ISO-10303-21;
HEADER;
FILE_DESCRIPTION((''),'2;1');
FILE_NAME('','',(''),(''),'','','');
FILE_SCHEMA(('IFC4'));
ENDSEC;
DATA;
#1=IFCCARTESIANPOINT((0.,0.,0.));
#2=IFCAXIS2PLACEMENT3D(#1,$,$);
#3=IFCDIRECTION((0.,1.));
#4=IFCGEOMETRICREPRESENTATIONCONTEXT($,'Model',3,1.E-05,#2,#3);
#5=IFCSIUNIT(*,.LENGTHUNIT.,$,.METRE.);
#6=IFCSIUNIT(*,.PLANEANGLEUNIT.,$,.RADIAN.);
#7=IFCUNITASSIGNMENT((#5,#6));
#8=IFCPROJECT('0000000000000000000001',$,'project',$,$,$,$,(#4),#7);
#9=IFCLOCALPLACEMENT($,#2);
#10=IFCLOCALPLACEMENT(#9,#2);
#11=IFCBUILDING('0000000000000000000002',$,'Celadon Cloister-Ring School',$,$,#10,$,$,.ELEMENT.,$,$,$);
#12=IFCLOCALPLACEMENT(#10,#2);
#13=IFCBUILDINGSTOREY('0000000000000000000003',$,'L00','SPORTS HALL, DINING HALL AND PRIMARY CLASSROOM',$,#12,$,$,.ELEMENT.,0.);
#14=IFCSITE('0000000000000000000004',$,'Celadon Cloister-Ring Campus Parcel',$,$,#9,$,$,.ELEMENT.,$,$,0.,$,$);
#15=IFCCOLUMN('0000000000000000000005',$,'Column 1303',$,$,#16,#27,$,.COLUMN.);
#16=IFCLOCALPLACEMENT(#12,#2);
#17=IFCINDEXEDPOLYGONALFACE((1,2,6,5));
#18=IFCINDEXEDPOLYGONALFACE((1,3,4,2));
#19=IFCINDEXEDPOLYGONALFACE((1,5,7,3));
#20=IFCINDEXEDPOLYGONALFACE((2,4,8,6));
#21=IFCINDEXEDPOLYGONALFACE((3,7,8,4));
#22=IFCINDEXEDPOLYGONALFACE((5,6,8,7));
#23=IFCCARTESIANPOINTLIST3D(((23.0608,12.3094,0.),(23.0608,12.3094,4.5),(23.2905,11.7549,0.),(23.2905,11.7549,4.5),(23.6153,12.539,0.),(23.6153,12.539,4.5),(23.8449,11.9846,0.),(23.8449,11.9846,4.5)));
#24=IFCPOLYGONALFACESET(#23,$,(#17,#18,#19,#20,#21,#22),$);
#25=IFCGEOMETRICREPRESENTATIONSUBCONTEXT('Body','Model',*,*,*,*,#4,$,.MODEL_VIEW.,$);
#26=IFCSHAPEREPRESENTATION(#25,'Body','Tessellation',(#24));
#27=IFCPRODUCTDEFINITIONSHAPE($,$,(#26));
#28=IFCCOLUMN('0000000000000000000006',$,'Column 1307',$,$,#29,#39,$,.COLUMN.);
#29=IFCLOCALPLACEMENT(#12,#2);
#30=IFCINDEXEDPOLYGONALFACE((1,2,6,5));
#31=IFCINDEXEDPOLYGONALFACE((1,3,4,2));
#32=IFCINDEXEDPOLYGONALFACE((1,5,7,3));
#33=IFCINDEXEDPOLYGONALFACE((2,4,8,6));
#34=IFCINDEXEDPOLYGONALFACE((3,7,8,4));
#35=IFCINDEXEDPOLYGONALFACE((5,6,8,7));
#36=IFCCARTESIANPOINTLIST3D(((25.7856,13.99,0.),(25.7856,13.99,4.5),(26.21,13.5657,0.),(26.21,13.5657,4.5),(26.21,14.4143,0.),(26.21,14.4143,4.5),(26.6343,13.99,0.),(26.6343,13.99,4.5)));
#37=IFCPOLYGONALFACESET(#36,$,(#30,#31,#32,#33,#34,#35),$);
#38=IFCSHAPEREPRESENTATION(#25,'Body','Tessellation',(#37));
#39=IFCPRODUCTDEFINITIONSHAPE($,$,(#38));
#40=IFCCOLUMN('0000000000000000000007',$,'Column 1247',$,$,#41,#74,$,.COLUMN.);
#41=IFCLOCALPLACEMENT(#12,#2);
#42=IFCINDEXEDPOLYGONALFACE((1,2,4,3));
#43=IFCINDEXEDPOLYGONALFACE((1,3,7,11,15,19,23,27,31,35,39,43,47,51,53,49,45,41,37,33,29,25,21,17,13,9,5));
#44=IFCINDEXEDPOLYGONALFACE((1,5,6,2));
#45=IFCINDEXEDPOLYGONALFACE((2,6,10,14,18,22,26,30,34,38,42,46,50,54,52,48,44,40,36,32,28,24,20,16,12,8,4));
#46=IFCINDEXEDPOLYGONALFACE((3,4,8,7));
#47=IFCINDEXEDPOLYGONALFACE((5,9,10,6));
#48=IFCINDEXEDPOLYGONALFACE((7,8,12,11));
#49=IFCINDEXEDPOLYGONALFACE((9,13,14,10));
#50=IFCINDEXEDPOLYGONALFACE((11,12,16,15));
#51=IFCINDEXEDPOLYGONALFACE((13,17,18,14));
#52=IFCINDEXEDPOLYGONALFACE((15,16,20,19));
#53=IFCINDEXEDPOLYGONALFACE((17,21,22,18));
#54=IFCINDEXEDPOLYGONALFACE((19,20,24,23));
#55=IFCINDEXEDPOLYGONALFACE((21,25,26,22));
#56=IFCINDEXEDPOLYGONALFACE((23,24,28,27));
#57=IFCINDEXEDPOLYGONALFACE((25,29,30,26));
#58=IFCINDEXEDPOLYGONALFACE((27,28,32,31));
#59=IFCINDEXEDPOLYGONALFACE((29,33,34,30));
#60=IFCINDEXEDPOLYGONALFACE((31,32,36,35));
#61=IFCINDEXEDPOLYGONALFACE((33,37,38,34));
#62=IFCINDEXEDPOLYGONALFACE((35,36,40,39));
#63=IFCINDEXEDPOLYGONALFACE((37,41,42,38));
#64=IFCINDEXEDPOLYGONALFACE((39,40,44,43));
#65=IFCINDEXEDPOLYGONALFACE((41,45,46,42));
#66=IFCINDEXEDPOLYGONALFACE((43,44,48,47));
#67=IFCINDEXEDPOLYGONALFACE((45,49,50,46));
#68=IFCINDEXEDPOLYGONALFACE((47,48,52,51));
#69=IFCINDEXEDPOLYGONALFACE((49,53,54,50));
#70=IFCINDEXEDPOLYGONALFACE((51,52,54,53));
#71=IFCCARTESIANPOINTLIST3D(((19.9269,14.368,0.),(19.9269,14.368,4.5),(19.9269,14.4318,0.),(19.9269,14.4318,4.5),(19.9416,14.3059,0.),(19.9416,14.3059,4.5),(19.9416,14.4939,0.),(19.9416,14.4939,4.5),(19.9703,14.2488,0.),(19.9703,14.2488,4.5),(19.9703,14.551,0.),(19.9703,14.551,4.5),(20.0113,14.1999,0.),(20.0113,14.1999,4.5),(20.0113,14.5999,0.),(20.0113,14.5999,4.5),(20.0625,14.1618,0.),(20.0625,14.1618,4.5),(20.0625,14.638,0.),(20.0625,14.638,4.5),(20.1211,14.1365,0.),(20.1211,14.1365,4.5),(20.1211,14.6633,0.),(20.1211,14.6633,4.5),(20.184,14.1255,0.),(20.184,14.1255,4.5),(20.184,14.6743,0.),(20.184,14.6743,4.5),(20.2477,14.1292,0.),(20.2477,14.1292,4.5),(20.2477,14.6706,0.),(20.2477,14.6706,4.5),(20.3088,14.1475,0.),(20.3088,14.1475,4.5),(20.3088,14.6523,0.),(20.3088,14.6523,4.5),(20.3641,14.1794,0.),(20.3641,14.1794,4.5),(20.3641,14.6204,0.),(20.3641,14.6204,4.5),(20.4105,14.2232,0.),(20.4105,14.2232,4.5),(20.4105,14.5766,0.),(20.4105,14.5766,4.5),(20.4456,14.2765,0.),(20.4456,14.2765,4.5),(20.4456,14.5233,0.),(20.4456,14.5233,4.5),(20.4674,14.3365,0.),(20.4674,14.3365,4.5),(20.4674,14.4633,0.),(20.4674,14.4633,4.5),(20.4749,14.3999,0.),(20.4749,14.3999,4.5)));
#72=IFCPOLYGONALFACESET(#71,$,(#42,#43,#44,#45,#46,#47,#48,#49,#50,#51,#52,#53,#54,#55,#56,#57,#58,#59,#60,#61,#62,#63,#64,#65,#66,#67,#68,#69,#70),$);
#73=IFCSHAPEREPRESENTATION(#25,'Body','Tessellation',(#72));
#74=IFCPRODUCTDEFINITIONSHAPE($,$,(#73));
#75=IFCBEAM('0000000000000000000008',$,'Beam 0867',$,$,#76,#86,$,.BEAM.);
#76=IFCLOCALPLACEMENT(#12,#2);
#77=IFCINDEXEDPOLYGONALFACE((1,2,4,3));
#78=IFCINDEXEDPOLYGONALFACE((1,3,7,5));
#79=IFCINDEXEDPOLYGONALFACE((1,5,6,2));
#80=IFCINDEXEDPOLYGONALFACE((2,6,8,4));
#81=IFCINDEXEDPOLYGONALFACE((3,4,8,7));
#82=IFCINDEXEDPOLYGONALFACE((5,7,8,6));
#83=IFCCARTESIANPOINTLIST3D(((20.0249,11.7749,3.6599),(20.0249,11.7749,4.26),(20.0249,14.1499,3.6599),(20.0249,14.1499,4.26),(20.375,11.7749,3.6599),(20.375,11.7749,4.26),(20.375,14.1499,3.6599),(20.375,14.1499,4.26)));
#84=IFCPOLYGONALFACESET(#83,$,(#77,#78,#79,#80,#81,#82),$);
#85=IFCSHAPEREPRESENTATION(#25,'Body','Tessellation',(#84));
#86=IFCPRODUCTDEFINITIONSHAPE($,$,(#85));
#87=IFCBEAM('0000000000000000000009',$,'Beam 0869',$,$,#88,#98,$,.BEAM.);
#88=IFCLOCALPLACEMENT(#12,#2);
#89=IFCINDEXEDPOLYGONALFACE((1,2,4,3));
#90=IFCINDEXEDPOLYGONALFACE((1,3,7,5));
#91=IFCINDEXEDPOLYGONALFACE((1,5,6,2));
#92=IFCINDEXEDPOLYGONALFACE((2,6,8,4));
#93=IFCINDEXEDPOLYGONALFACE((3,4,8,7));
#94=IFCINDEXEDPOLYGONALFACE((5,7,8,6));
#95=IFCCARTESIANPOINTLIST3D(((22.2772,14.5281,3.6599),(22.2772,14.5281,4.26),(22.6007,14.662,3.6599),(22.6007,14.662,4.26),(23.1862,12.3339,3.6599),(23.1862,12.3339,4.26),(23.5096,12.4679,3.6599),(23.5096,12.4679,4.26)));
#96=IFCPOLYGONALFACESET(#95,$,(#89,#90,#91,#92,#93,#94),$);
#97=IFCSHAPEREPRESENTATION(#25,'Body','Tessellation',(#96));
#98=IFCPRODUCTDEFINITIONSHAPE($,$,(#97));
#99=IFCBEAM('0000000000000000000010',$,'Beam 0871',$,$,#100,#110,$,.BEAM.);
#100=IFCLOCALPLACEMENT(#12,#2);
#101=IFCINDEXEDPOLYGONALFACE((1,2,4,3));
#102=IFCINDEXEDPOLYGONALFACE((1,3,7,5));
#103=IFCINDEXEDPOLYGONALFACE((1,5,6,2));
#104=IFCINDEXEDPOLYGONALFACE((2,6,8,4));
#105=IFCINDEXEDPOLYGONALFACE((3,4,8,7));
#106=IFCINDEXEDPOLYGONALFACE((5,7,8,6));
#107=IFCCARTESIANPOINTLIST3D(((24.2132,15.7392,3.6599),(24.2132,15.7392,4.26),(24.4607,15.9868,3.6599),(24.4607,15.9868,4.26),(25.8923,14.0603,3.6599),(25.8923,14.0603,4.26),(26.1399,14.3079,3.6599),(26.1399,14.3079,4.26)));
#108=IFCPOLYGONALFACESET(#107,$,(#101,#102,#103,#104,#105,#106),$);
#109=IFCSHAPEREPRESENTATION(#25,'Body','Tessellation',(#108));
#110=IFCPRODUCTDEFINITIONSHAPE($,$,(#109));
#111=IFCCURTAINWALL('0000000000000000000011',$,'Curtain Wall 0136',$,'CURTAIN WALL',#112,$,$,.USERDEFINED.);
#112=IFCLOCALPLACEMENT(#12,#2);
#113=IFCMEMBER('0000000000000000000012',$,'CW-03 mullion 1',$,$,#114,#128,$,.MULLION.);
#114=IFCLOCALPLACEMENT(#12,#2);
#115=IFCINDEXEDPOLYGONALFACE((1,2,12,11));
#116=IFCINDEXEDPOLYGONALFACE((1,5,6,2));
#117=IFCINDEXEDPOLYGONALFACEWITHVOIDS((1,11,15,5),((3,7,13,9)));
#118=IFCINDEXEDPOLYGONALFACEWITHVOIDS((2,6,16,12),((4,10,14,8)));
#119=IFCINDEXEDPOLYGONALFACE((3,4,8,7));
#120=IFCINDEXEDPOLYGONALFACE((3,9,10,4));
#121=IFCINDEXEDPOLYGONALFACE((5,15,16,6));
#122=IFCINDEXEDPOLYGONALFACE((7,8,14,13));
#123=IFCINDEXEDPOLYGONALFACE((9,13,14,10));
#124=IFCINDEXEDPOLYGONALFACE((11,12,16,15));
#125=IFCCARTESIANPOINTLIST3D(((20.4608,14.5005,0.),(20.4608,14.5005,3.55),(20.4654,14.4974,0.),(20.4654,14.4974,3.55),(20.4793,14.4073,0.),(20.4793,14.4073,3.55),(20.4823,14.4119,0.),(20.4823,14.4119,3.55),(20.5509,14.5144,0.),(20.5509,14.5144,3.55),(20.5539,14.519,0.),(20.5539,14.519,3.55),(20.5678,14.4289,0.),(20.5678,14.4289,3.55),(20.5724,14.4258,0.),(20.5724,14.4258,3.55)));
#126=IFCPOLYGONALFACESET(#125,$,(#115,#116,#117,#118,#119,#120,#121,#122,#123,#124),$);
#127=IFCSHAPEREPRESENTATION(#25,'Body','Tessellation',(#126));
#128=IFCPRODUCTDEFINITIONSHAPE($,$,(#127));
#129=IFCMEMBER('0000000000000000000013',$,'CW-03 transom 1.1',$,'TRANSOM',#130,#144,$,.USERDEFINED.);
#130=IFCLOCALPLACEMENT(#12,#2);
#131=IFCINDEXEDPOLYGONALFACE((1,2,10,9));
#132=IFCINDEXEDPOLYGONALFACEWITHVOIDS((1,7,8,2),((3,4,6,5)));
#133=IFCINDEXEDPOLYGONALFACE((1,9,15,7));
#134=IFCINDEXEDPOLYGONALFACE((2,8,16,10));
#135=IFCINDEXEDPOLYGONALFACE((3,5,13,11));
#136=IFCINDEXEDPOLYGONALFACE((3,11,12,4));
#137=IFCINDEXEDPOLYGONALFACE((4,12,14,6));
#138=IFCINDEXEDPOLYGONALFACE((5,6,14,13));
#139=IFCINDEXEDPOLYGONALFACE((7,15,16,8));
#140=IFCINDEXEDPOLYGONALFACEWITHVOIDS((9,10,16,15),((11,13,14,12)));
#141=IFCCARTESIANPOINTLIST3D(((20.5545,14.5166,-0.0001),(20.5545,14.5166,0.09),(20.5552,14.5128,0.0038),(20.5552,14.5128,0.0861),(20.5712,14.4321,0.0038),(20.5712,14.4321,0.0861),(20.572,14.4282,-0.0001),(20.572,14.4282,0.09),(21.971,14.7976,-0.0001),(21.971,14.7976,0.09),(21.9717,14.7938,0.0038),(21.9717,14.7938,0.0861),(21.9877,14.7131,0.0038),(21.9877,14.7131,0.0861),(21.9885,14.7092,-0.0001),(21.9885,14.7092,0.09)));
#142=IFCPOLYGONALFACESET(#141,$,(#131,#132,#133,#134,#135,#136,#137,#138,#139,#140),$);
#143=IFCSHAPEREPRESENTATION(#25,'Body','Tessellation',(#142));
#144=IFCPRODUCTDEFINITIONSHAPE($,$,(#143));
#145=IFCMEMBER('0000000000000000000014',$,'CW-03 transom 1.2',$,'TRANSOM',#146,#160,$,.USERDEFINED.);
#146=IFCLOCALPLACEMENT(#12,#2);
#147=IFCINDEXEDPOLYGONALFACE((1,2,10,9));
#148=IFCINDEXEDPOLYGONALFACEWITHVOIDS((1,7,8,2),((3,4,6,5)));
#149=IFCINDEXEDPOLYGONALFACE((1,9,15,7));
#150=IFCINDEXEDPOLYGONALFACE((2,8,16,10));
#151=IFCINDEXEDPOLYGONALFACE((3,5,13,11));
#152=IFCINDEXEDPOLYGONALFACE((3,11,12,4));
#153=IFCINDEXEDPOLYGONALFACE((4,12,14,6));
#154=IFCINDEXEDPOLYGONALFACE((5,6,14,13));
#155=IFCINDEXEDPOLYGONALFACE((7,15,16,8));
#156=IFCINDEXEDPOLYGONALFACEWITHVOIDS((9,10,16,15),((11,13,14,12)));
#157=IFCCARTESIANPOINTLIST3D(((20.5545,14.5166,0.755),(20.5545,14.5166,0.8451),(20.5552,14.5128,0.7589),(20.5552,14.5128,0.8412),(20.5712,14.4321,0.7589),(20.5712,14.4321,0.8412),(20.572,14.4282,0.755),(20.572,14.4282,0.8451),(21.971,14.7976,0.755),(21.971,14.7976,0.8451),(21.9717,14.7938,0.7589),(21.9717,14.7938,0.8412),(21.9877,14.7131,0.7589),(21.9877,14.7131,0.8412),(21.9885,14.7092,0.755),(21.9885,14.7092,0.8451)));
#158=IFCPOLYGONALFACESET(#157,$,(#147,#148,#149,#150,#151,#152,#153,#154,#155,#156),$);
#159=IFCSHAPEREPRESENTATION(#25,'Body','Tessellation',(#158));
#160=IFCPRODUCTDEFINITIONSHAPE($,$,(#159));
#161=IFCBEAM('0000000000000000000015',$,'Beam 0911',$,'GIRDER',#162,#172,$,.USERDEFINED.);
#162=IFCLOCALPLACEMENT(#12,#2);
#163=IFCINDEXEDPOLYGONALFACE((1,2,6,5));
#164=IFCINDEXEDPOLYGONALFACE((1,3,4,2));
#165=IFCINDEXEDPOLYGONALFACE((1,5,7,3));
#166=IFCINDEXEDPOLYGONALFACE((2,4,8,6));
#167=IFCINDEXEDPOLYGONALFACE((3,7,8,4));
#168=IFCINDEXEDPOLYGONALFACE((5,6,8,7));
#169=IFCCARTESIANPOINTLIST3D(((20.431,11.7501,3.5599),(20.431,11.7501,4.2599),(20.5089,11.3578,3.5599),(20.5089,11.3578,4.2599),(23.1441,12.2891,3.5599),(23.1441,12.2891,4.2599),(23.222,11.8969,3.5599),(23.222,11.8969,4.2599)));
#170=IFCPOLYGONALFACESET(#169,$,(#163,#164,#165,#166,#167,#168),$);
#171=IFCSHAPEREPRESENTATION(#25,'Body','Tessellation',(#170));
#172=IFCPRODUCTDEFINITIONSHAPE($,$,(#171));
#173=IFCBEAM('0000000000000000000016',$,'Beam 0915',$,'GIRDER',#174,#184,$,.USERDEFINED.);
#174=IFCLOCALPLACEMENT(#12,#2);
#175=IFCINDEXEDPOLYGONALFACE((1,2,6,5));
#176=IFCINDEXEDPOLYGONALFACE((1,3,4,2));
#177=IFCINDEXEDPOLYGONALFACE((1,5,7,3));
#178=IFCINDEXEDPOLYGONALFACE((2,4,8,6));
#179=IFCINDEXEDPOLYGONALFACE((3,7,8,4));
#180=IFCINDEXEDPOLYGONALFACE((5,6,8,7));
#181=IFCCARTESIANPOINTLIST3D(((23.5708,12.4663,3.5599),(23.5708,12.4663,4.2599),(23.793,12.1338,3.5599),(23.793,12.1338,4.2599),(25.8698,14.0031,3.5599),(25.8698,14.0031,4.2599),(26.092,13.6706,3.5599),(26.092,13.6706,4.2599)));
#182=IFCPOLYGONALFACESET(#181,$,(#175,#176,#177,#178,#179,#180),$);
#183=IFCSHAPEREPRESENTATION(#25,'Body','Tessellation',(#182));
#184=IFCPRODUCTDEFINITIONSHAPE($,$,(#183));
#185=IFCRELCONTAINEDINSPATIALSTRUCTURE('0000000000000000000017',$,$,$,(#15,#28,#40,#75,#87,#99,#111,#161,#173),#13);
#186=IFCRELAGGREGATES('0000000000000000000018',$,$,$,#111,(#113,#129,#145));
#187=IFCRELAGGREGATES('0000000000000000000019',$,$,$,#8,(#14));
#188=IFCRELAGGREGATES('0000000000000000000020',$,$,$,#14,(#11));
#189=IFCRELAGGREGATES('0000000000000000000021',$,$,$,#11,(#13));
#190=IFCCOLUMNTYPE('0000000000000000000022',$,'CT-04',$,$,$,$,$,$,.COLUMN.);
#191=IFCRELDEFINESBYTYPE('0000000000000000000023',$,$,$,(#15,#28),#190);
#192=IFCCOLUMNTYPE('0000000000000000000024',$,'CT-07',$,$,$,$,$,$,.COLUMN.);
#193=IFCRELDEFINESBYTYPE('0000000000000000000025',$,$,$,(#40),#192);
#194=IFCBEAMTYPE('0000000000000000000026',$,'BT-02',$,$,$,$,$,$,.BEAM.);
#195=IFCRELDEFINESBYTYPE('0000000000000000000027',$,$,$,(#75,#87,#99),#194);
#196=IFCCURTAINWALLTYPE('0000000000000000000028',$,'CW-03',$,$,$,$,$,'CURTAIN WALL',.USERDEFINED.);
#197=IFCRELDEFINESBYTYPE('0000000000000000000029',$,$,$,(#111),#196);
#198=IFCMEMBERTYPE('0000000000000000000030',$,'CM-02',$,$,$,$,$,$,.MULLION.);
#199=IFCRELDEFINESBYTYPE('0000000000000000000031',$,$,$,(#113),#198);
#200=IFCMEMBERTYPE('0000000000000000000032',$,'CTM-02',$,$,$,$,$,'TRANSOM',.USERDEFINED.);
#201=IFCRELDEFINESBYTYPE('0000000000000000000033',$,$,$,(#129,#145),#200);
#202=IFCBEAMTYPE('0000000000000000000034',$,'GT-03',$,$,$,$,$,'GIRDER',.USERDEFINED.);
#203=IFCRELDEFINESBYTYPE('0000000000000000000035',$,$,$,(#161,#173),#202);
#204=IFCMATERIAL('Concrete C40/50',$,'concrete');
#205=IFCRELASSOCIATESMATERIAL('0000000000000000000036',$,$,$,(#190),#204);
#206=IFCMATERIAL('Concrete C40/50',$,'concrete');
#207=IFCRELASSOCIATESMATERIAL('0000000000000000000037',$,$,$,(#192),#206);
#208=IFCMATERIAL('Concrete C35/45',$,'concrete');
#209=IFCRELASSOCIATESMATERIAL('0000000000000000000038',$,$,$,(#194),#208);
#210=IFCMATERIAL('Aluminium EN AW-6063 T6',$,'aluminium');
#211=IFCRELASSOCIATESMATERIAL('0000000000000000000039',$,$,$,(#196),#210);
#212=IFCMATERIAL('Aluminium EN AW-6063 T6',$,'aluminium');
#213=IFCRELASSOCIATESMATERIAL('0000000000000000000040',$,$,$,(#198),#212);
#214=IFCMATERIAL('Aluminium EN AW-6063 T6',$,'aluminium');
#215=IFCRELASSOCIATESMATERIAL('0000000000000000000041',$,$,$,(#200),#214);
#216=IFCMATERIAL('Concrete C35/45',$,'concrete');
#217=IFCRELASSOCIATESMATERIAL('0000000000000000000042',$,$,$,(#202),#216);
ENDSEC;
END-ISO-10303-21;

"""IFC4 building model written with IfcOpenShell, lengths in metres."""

from ifc_helpers import new_model, si_unit, direction, frame, origin, origin_2d, place, context, subcontext, project, spatial, rectangle, hollow_rectangle, circle, extrude, material, material_profile, profile_set, type_object, element, aggregate, save


model = new_model("IFC4")

# Units and contexts
model_context = context("Model", 3, precision=1e-05, world=origin(), true_north=direction((0.0, 1.0)))
body_context = subcontext(model_context, "Body", "Model", "MODEL_VIEW")
ifc_project = project(units=[si_unit("LENGTHUNIT", "METRE"), si_unit("PLANEANGLEUNIT", "RADIAN")], contexts=[model_context])

# Site, building, storey
site_placement = place(None, origin())
site = spatial("IfcSite", under=ifc_project, at=site_placement, Name="Celadon Cloister-Ring Campus Parcel", CompositionType="ELEMENT", RefElevation=0.0)
building_placement = place(site_placement, origin())
building = spatial("IfcBuilding", under=site, at=building_placement, Name="Celadon Cloister-Ring School", CompositionType="ELEMENT")
storey_placement = place(building_placement, origin())
storey = spatial("IfcBuildingStorey", under=building, at=storey_placement, Name="L00", Description="SPORTS HALL, DINING HALL AND PRIMARY CLASSROOM", CompositionType="ELEMENT", Elevation=0.0)

# Columns
ifc_material_1 = material(Name="Concrete C40/50", Category="concrete")
ifc_material_profile_1 = material_profile(ifc_material_1, rectangle(XDim=0.6001, YDim=0.6001, at=origin_2d()), Name="RC600X600")
ifc_profile_set_1 = profile_set([ifc_material_profile_1], Name="Concrete C40/50")
column_type_1 = type_object("IfcColumnType", Name="CT-04", PredefinedType="COLUMN", material=ifc_profile_set_1)
for number, where, z_axis, x_axis, name in (
    (1, (23.4529, 12.147, 0.0), (0.0, 0.0, 1.0), (0.382683, -0.92388, 0.0), "Column 1303"),
    (2, (26.21, 13.99, 0.0), (0.0, 0.0, 1.0), (0.707107, -0.707107, 0.0), "Column 1307"),
):
    element("IfcColumn", number, at=place(storey_placement, frame(where, z_axis=z_axis, x_axis=x_axis)), inside=storey, type_object=column_type_1, Name=name, PredefinedType="COLUMN", context=body_context, shape_type="SweptSolid", body=[
        extrude(rectangle(XDim=0.6001, YDim=0.6001, at=origin_2d()), origin(), (0.0, 0.0, 1.0), 4.5),
    ])
ifc_material_2 = material(Name="Concrete C40/50", Category="concrete")
ifc_material_profile_2 = material_profile(ifc_material_2, circle(Radius=0.2749, at=origin_2d()), Name="CIRC550")
ifc_profile_set_2 = profile_set([ifc_material_profile_2], Name="Concrete C40/50")
column_type_2 = type_object("IfcColumnType", Name="CT-07", PredefinedType="COLUMN", material=ifc_profile_set_2)
column_placement = place(storey_placement, frame((20.2, 14.3999, 0.0), z_axis=(0.0, 0.0, 1.0), x_axis=(1.0, 0.0, 0.0)))
element("IfcColumn", 3, at=column_placement, inside=storey, type_object=column_type_2, Name="Column 1247", PredefinedType="COLUMN", context=body_context, shape_type="SweptSolid", body=[
    extrude(circle(Radius=0.2749, at=origin_2d()), origin(), (0.0, 0.0, 1.0), 4.5),
])

# Beams
ifc_material_3 = material(Name="Concrete C35/45", Category="concrete")
ifc_material_profile_3 = material_profile(ifc_material_3, rectangle(XDim=0.3501, YDim=0.6001, at=origin_2d()), Name="RC350X600")
ifc_profile_set_3 = profile_set([ifc_material_profile_3], Name="Concrete C35/45")
beam_type_1 = type_object("IfcBeamType", Name="BT-02", PredefinedType="BEAM", material=ifc_profile_set_3)
for number, where, z_axis, x_axis, name in (
    (4, (20.2, 11.7749, 3.96), (0.0, 1.0, 0.0), (-1.0, 0.0, 0.0), "Beam 0867"),
    (5, (23.3479, 12.4009, 3.96), (-0.382724, 0.923863, 0.0), (-0.923863, -0.382724, 0.0), "Beam 0869"),
):
    element("IfcBeam", number, at=place(storey_placement, frame(where, z_axis=z_axis, x_axis=x_axis)), inside=storey, type_object=beam_type_1, Name=name, PredefinedType="BEAM", context=body_context, shape_type="SweptSolid", body=[
        extrude(rectangle(XDim=0.3501, YDim=0.6001, at=origin_2d()), origin(), (0.0, 0.0, 1.0), 2.375),
    ])
beam_1_placement = place(storey_placement, frame((26.0161, 14.1841, 3.96), z_axis=(-0.707158, 0.707055, 0.0), x_axis=(-0.707055, -0.707158, 0.0)))
element("IfcBeam", 6, at=beam_1_placement, inside=storey, type_object=beam_type_1, Name="Beam 0871", PredefinedType="BEAM", context=body_context, shape_type="SweptSolid", body=[
    extrude(rectangle(XDim=0.3501, YDim=0.6001, at=origin_2d()), origin(), (0.0, 0.0, 1.0), 2.3745),
])

# Curtain wall, members
ifc_material_4 = material(Name="Aluminium EN AW-6063 T6", Category="aluminium")
curtain_wall_type = type_object("IfcCurtainWallType", Name="CW-03", ElementType="CURTAIN WALL", PredefinedType="USERDEFINED", material=ifc_material_4)
curtain_wall_placement = place(storey_placement, origin())
curtain_wall = element("IfcCurtainWall", 7, at=curtain_wall_placement, inside=storey, type_object=curtain_wall_type, Name="Curtain Wall 0136", ObjectType="CURTAIN WALL", PredefinedType="USERDEFINED")
ifc_material_5 = material(Name="Aluminium EN AW-6063 T6", Category="aluminium")
ifc_material_profile_4 = material_profile(ifc_material_5, hollow_rectangle(XDim=0.095, YDim=0.095, WallThickness=0.0039, at=origin_2d()), Name="RHS95X95X4")
ifc_profile_set_4 = profile_set([ifc_material_profile_4], Name="Aluminium EN AW-6063 T6")
member_type_1 = type_object("IfcMemberType", Name="CM-02", PredefinedType="MULLION", material=ifc_profile_set_4)
member_1_placement = place(storey_placement, frame((20.5166, 14.4631, 0.0), z_axis=(0.0, 0.0, 1.0), x_axis=(-0.194586, 0.980885, 0.0)))
member_1 = element("IfcMember", 8, at=member_1_placement, type_object=member_type_1, Name="CW-03 mullion 1", PredefinedType="MULLION", context=body_context, shape_type="SweptSolid", body=[
    extrude(hollow_rectangle(XDim=0.095, YDim=0.095, WallThickness=0.0039, at=origin_2d()), origin(), (0.0, 0.0, 1.0), 3.55),
])
ifc_material_6 = material(Name="Aluminium EN AW-6063 T6", Category="aluminium")
ifc_material_profile_5 = material_profile(ifc_material_6, hollow_rectangle(XDim=0.0901, YDim=0.0901, WallThickness=0.0039, at=origin_2d()), Name="RHS90X90X4")
ifc_profile_set_5 = profile_set([ifc_material_profile_5], Name="Aluminium EN AW-6063 T6")
member_type_2 = type_object("IfcMemberType", Name="CTM-02", ElementType="TRANSOM", PredefinedType="USERDEFINED", material=ifc_profile_set_5)
member_2_placement = place(storey_placement, frame((20.5632, 14.4724, 0.0449), z_axis=(0.980885, 0.194588, 0.0), x_axis=(-0.194588, 0.980885, 0.0)))
member_2 = element("IfcMember", 9, at=member_2_placement, type_object=member_type_2, Name="CW-03 transom 1.1", ObjectType="TRANSOM", PredefinedType="USERDEFINED", context=body_context, shape_type="SweptSolid", body=[
    extrude(hollow_rectangle(XDim=0.0901, YDim=0.0901, WallThickness=0.0039, at=origin_2d()), origin(), (0.0, 0.0, 1.0), 1.4441),
])
member_3_placement = place(storey_placement, frame((20.5632, 14.4724, 0.8), z_axis=(0.980885, 0.194588, 0.0), x_axis=(-0.194588, 0.980885, 0.0)))
member_3 = element("IfcMember", 10, at=member_3_placement, type_object=member_type_2, Name="CW-03 transom 1.2", ObjectType="TRANSOM", PredefinedType="USERDEFINED", context=body_context, shape_type="SweptSolid", body=[
    extrude(hollow_rectangle(XDim=0.0901, YDim=0.0901, WallThickness=0.0039, at=origin_2d()), origin(), (0.0, 0.0, 1.0), 1.4441),
])
aggregate(curtain_wall, [member_1, member_2, member_3])

# Beams
ifc_material_7 = material(Name="Concrete C35/45", Category="concrete")
ifc_material_profile_6 = material_profile(ifc_material_7, rectangle(XDim=0.3999, YDim=0.7, at=origin_2d()), Name="RC400X700")
ifc_profile_set_6 = profile_set([ifc_material_profile_6], Name="Concrete C35/45")
beam_type_2 = type_object("IfcBeamType", Name="GT-03", ElementType="GIRDER", PredefinedType="USERDEFINED", material=ifc_profile_set_6)
beam_2_placement = place(storey_placement, frame((20.47, 11.554, 3.9099), z_axis=(0.980828, 0.194877, 0.0), x_axis=(-0.194877, 0.980828, 0.0)))
element("IfcBeam", 11, at=beam_2_placement, inside=storey, type_object=beam_type_2, Name="Beam 0911", ObjectType="GIRDER", PredefinedType="USERDEFINED", context=body_context, shape_type="SweptSolid", body=[
    extrude(rectangle(XDim=0.3999, YDim=0.7, at=origin_2d()), origin(), (0.0, 0.0, 1.0), 2.7661),
])
for number, where, z_axis, x_axis, name in (
    (12, (23.6819, 12.3, 3.9099), (0.831357, 0.555739, 0.0), (-0.555739, 0.831357, 0.0), "Beam 0915"),
):
    element("IfcBeam", number, at=place(storey_placement, frame(where, z_axis=z_axis, x_axis=x_axis)), inside=storey, type_object=beam_type_2, Name=name, ObjectType="GIRDER", PredefinedType="USERDEFINED", context=body_context, shape_type="SweptSolid", body=[
        extrude(rectangle(XDim=0.3999, YDim=0.7, at=origin_2d()), origin(), (0.0, 0.0, 1.0), 2.7654),
    ])

save(model, "model.ifc")
